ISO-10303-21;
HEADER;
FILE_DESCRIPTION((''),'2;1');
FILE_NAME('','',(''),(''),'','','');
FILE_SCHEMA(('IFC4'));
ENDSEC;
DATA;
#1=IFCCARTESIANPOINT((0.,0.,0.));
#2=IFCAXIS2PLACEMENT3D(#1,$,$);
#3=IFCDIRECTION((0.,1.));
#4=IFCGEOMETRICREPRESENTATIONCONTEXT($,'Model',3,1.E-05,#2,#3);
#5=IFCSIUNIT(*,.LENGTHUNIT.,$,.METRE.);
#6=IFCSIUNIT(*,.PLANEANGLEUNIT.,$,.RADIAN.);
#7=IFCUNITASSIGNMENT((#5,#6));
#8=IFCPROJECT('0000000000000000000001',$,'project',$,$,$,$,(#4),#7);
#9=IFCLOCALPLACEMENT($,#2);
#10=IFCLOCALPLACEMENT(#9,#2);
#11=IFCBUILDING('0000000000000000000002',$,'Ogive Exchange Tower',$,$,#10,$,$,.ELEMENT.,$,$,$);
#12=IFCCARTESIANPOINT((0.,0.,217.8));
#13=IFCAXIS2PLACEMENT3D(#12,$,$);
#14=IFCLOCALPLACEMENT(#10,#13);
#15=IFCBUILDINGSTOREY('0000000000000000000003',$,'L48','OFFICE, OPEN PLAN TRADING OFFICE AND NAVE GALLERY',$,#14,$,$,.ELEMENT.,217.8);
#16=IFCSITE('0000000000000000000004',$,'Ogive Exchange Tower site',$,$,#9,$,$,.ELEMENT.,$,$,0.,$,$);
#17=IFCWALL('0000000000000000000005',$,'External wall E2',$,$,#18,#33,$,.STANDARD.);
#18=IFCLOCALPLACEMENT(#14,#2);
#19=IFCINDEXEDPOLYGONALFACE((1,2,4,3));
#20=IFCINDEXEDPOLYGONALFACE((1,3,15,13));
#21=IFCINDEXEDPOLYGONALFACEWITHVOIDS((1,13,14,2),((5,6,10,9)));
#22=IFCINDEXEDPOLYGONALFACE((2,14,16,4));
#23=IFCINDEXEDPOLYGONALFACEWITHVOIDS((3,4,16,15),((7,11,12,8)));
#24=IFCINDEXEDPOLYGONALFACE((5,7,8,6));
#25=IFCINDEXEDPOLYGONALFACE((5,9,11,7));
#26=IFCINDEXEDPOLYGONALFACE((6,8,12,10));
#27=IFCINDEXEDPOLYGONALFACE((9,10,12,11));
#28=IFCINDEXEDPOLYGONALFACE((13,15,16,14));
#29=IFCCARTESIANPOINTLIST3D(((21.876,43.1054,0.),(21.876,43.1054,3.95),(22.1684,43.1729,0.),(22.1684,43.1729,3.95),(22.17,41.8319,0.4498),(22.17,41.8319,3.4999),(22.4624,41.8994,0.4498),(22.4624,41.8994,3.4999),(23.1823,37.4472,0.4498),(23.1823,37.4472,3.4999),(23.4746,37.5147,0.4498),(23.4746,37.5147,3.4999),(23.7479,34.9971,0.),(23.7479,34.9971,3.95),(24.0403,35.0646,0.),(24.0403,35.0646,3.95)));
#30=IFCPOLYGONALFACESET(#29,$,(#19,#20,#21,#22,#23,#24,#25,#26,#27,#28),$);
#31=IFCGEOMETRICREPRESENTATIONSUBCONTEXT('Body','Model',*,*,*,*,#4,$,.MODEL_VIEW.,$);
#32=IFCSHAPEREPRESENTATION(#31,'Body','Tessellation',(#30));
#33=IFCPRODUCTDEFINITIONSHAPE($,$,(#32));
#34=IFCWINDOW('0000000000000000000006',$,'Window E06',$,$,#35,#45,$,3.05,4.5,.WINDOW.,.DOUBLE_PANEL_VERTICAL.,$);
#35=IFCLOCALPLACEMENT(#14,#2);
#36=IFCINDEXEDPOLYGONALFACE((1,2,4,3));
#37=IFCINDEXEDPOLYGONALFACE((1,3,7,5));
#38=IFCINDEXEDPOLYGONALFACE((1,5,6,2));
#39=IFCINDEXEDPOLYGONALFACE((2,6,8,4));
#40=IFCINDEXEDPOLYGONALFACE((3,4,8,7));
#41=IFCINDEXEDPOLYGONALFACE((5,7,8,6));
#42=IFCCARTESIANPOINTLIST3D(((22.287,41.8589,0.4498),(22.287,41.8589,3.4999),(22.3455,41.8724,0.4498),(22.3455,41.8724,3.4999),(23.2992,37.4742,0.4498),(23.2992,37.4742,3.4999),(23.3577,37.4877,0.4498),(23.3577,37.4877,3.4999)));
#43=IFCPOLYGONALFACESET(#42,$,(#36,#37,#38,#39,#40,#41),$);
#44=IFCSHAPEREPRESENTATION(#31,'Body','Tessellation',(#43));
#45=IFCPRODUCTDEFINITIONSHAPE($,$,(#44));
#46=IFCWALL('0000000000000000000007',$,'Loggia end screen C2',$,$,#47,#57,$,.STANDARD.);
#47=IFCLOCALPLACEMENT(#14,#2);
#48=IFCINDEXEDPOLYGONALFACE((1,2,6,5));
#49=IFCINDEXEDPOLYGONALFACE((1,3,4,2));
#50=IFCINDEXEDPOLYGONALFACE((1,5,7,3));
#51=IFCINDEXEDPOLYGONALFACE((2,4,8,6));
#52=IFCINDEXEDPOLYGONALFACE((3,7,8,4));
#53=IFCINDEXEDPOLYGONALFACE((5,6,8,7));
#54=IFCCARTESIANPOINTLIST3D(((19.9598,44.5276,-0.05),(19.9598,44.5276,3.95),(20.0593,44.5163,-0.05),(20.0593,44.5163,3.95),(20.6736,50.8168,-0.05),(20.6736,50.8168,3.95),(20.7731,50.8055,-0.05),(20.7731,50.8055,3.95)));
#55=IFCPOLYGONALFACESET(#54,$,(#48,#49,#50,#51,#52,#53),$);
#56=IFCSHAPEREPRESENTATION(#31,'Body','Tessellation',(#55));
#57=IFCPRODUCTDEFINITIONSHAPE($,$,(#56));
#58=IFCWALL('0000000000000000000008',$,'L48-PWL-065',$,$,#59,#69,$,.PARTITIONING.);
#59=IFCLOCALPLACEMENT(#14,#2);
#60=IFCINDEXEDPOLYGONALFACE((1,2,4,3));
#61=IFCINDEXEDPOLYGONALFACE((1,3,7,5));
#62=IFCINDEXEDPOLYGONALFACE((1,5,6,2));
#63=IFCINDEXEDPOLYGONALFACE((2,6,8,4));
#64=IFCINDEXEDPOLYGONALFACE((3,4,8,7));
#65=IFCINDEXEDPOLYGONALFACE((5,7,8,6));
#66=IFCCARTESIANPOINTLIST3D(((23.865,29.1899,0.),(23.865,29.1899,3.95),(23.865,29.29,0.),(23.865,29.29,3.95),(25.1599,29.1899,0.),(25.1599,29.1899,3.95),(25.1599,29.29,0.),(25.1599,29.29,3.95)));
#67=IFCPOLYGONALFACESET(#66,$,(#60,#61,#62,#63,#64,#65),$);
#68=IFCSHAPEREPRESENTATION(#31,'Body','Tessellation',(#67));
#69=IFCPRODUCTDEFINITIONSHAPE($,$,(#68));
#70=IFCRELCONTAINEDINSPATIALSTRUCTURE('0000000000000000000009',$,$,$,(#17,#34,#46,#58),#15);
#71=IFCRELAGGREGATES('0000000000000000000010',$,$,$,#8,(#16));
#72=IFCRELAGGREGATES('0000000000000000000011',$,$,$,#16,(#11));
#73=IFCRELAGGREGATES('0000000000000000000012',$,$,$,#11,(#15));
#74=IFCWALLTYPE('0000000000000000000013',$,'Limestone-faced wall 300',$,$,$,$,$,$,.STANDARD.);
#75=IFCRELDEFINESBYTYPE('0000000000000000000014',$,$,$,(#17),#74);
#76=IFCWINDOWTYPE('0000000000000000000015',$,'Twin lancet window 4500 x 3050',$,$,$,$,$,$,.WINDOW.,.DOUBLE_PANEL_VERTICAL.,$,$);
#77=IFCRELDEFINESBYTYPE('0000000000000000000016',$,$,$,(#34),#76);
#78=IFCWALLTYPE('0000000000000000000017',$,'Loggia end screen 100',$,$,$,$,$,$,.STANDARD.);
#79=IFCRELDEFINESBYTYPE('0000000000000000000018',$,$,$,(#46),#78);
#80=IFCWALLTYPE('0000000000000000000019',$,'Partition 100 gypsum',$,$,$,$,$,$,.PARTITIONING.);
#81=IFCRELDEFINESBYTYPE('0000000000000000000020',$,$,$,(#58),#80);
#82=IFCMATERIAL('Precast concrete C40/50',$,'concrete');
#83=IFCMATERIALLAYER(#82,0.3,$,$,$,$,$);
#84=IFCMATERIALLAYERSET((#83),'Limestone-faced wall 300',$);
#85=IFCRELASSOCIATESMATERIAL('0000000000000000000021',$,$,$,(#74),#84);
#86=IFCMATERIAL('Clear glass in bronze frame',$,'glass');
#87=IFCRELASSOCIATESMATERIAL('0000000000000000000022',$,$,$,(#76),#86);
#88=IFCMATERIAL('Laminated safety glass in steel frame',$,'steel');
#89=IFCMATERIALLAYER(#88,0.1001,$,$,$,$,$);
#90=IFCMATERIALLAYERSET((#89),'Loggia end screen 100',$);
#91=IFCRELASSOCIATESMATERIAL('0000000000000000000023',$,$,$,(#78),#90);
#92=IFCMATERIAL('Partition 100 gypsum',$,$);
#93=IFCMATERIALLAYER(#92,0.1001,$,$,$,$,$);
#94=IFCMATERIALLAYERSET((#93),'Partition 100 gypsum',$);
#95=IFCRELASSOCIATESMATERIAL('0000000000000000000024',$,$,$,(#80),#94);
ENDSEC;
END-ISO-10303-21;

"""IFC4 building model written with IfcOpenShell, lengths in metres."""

from ifc_helpers import new_model, si_unit, direction, frame, frame_2d, origin, place, context, subcontext, project, spatial, rectangle, extrude, material, layer, layer_set, type_object, element, fill, save


model = new_model("IFC4")

# Units and contexts
model_context = context("Model", 3, precision=1e-05, world=origin(), true_north=direction((0.0, 1.0)))
body_context = subcontext(model_context, "Body", "Model", "MODEL_VIEW")
ifc_project = project(units=[si_unit("LENGTHUNIT", "METRE"), si_unit("PLANEANGLEUNIT", "RADIAN")], contexts=[model_context])

# Site, building, storey
site_placement = place(None, origin())
site = spatial("IfcSite", under=ifc_project, at=site_placement, Name="Ogive Exchange Tower site", CompositionType="ELEMENT", RefElevation=0.0)
building_placement = place(site_placement, origin())
building = spatial("IfcBuilding", under=site, at=building_placement, Name="Ogive Exchange Tower", CompositionType="ELEMENT")
storey_placement = place(building_placement, frame((0.0, 0.0, 217.8)))
storey = spatial("IfcBuildingStorey", under=building, at=storey_placement, Name="L48", Description="OFFICE, OPEN PLAN TRADING OFFICE AND NAVE GALLERY", CompositionType="ELEMENT", Elevation=217.8)

# Wall, opening, window
ifc_material_1 = material(Name="Precast concrete C40/50", Category="concrete")
ifc_layer_1 = layer(ifc_material_1, 0.3)
ifc_layer_set_1 = layer_set([ifc_layer_1], Name="Limestone-faced wall 300")
wall_type_1 = type_object("IfcWallType", Name="Limestone-faced wall 300", PredefinedType="STANDARD", material=ifc_layer_set_1)
ifc_material_2 = material(Name="Clear glass in bronze frame", Category="glass")
wall_1_placement = place(storey_placement, frame((23.894, 35.031, 0.0), z_axis=(0.0, 0.0, 1.0), x_axis=(-0.224941, 0.974372, 0.0)))
wall_1 = element("IfcWall", 1, at=wall_1_placement, inside=storey, type_object=wall_type_1, Name="External wall E2", PredefinedType="STANDARD", context=body_context, shape_type="SweptSolid", body=[
    extrude(rectangle(XDim=8.3215, YDim=0.3, at=frame_2d((4.1606, 0.0))), origin(), (0.0, 0.0, 1.0), 3.95),
])
opening_1_placement = place(wall_1_placement, frame((2.5144, 0.0, 0.45)))
opening_1 = element("IfcOpeningElement", 2, at=opening_1_placement, cuts=wall_1, PredefinedType="OPENING", context=body_context, shape_type="SweptSolid", body=[
    extrude(rectangle(XDim=4.5, YDim=3.05, at=frame_2d((2.25, 1.5249))), frame((0.0, 0.1599, 0.0), z_axis=(0.0, -1.0, 0.0), x_axis=(1.0, 0.0, 0.0)), (0.0, 0.0, 1.0), 0.3201),
])
window_type_1 = type_object("IfcWindowType", Name="Twin lancet window 4500 x 3050", PartitioningType="DOUBLE_PANEL_VERTICAL", PredefinedType="WINDOW", material=ifc_material_2)
window_1_placement = place(opening_1_placement, origin())
window_1 = element("IfcWindow", 3, at=window_1_placement, inside=storey, type_object=window_type_1, Name="Window E06", OverallHeight=3.05, OverallWidth=4.5, PartitioningType="DOUBLE_PANEL_VERTICAL", PredefinedType="WINDOW", context=body_context, shape_type="SweptSolid", body=[
    extrude(rectangle(XDim=4.5, YDim=3.05, at=frame_2d((2.25, 1.5249))), frame((0.0, 0.03, 0.0), z_axis=(0.0, -1.0, 0.0), x_axis=(1.0, 0.0, 0.0)), (0.0, 0.0, 1.0), 0.0601),
])
fill(opening_1, window_1)

# Walls
ifc_material_3 = material(Name="Laminated safety glass in steel frame", Category="steel")
ifc_layer_2 = layer(ifc_material_3, 0.1001)
ifc_layer_set_2 = layer_set([ifc_layer_2], Name="Loggia end screen 100")
wall_type_2 = type_object("IfcWallType", Name="Loggia end screen 100", PredefinedType="STANDARD", material=ifc_layer_set_2)
wall_2_placement = place(storey_placement, frame((20.0095, 44.522, -0.05), z_axis=(0.0, 0.0, 1.0), x_axis=(0.112781, 0.99362, 0.0)))
element("IfcWall", 4, at=wall_2_placement, inside=storey, type_object=wall_type_2, Name="Loggia end screen C2", PredefinedType="STANDARD", context=body_context, shape_type="SweptSolid", body=[
    extrude(rectangle(XDim=6.3296, YDim=0.1001, at=frame_2d((3.1648, 0.0))), origin(), (0.0, 0.0, 1.0), 4.0),
])
ifc_material_4 = material(Name="Partition 100 gypsum")
ifc_layer_3 = layer(ifc_material_4, 0.1001)
ifc_layer_set_3 = layer_set([ifc_layer_3], Name="Partition 100 gypsum")
wall_type_3 = type_object("IfcWallType", Name="Partition 100 gypsum", PredefinedType="PARTITIONING", material=ifc_layer_set_3)
wall_3_placement = place(storey_placement, frame((23.865, 29.24, 0.0), z_axis=(0.0, 0.0, 1.0), x_axis=(1.0, 0.0, 0.0)))
element("IfcWall", 5, at=wall_3_placement, inside=storey, type_object=wall_type_3, Name="L48-PWL-065", PredefinedType="PARTITIONING", context=body_context, shape_type="SweptSolid", body=[
    extrude(rectangle(XDim=1.2949, YDim=0.1001, at=frame_2d((0.6475, 0.0))), origin(), (0.0, 0.0, 1.0), 3.95),
])

save(model, "model.ifc")
